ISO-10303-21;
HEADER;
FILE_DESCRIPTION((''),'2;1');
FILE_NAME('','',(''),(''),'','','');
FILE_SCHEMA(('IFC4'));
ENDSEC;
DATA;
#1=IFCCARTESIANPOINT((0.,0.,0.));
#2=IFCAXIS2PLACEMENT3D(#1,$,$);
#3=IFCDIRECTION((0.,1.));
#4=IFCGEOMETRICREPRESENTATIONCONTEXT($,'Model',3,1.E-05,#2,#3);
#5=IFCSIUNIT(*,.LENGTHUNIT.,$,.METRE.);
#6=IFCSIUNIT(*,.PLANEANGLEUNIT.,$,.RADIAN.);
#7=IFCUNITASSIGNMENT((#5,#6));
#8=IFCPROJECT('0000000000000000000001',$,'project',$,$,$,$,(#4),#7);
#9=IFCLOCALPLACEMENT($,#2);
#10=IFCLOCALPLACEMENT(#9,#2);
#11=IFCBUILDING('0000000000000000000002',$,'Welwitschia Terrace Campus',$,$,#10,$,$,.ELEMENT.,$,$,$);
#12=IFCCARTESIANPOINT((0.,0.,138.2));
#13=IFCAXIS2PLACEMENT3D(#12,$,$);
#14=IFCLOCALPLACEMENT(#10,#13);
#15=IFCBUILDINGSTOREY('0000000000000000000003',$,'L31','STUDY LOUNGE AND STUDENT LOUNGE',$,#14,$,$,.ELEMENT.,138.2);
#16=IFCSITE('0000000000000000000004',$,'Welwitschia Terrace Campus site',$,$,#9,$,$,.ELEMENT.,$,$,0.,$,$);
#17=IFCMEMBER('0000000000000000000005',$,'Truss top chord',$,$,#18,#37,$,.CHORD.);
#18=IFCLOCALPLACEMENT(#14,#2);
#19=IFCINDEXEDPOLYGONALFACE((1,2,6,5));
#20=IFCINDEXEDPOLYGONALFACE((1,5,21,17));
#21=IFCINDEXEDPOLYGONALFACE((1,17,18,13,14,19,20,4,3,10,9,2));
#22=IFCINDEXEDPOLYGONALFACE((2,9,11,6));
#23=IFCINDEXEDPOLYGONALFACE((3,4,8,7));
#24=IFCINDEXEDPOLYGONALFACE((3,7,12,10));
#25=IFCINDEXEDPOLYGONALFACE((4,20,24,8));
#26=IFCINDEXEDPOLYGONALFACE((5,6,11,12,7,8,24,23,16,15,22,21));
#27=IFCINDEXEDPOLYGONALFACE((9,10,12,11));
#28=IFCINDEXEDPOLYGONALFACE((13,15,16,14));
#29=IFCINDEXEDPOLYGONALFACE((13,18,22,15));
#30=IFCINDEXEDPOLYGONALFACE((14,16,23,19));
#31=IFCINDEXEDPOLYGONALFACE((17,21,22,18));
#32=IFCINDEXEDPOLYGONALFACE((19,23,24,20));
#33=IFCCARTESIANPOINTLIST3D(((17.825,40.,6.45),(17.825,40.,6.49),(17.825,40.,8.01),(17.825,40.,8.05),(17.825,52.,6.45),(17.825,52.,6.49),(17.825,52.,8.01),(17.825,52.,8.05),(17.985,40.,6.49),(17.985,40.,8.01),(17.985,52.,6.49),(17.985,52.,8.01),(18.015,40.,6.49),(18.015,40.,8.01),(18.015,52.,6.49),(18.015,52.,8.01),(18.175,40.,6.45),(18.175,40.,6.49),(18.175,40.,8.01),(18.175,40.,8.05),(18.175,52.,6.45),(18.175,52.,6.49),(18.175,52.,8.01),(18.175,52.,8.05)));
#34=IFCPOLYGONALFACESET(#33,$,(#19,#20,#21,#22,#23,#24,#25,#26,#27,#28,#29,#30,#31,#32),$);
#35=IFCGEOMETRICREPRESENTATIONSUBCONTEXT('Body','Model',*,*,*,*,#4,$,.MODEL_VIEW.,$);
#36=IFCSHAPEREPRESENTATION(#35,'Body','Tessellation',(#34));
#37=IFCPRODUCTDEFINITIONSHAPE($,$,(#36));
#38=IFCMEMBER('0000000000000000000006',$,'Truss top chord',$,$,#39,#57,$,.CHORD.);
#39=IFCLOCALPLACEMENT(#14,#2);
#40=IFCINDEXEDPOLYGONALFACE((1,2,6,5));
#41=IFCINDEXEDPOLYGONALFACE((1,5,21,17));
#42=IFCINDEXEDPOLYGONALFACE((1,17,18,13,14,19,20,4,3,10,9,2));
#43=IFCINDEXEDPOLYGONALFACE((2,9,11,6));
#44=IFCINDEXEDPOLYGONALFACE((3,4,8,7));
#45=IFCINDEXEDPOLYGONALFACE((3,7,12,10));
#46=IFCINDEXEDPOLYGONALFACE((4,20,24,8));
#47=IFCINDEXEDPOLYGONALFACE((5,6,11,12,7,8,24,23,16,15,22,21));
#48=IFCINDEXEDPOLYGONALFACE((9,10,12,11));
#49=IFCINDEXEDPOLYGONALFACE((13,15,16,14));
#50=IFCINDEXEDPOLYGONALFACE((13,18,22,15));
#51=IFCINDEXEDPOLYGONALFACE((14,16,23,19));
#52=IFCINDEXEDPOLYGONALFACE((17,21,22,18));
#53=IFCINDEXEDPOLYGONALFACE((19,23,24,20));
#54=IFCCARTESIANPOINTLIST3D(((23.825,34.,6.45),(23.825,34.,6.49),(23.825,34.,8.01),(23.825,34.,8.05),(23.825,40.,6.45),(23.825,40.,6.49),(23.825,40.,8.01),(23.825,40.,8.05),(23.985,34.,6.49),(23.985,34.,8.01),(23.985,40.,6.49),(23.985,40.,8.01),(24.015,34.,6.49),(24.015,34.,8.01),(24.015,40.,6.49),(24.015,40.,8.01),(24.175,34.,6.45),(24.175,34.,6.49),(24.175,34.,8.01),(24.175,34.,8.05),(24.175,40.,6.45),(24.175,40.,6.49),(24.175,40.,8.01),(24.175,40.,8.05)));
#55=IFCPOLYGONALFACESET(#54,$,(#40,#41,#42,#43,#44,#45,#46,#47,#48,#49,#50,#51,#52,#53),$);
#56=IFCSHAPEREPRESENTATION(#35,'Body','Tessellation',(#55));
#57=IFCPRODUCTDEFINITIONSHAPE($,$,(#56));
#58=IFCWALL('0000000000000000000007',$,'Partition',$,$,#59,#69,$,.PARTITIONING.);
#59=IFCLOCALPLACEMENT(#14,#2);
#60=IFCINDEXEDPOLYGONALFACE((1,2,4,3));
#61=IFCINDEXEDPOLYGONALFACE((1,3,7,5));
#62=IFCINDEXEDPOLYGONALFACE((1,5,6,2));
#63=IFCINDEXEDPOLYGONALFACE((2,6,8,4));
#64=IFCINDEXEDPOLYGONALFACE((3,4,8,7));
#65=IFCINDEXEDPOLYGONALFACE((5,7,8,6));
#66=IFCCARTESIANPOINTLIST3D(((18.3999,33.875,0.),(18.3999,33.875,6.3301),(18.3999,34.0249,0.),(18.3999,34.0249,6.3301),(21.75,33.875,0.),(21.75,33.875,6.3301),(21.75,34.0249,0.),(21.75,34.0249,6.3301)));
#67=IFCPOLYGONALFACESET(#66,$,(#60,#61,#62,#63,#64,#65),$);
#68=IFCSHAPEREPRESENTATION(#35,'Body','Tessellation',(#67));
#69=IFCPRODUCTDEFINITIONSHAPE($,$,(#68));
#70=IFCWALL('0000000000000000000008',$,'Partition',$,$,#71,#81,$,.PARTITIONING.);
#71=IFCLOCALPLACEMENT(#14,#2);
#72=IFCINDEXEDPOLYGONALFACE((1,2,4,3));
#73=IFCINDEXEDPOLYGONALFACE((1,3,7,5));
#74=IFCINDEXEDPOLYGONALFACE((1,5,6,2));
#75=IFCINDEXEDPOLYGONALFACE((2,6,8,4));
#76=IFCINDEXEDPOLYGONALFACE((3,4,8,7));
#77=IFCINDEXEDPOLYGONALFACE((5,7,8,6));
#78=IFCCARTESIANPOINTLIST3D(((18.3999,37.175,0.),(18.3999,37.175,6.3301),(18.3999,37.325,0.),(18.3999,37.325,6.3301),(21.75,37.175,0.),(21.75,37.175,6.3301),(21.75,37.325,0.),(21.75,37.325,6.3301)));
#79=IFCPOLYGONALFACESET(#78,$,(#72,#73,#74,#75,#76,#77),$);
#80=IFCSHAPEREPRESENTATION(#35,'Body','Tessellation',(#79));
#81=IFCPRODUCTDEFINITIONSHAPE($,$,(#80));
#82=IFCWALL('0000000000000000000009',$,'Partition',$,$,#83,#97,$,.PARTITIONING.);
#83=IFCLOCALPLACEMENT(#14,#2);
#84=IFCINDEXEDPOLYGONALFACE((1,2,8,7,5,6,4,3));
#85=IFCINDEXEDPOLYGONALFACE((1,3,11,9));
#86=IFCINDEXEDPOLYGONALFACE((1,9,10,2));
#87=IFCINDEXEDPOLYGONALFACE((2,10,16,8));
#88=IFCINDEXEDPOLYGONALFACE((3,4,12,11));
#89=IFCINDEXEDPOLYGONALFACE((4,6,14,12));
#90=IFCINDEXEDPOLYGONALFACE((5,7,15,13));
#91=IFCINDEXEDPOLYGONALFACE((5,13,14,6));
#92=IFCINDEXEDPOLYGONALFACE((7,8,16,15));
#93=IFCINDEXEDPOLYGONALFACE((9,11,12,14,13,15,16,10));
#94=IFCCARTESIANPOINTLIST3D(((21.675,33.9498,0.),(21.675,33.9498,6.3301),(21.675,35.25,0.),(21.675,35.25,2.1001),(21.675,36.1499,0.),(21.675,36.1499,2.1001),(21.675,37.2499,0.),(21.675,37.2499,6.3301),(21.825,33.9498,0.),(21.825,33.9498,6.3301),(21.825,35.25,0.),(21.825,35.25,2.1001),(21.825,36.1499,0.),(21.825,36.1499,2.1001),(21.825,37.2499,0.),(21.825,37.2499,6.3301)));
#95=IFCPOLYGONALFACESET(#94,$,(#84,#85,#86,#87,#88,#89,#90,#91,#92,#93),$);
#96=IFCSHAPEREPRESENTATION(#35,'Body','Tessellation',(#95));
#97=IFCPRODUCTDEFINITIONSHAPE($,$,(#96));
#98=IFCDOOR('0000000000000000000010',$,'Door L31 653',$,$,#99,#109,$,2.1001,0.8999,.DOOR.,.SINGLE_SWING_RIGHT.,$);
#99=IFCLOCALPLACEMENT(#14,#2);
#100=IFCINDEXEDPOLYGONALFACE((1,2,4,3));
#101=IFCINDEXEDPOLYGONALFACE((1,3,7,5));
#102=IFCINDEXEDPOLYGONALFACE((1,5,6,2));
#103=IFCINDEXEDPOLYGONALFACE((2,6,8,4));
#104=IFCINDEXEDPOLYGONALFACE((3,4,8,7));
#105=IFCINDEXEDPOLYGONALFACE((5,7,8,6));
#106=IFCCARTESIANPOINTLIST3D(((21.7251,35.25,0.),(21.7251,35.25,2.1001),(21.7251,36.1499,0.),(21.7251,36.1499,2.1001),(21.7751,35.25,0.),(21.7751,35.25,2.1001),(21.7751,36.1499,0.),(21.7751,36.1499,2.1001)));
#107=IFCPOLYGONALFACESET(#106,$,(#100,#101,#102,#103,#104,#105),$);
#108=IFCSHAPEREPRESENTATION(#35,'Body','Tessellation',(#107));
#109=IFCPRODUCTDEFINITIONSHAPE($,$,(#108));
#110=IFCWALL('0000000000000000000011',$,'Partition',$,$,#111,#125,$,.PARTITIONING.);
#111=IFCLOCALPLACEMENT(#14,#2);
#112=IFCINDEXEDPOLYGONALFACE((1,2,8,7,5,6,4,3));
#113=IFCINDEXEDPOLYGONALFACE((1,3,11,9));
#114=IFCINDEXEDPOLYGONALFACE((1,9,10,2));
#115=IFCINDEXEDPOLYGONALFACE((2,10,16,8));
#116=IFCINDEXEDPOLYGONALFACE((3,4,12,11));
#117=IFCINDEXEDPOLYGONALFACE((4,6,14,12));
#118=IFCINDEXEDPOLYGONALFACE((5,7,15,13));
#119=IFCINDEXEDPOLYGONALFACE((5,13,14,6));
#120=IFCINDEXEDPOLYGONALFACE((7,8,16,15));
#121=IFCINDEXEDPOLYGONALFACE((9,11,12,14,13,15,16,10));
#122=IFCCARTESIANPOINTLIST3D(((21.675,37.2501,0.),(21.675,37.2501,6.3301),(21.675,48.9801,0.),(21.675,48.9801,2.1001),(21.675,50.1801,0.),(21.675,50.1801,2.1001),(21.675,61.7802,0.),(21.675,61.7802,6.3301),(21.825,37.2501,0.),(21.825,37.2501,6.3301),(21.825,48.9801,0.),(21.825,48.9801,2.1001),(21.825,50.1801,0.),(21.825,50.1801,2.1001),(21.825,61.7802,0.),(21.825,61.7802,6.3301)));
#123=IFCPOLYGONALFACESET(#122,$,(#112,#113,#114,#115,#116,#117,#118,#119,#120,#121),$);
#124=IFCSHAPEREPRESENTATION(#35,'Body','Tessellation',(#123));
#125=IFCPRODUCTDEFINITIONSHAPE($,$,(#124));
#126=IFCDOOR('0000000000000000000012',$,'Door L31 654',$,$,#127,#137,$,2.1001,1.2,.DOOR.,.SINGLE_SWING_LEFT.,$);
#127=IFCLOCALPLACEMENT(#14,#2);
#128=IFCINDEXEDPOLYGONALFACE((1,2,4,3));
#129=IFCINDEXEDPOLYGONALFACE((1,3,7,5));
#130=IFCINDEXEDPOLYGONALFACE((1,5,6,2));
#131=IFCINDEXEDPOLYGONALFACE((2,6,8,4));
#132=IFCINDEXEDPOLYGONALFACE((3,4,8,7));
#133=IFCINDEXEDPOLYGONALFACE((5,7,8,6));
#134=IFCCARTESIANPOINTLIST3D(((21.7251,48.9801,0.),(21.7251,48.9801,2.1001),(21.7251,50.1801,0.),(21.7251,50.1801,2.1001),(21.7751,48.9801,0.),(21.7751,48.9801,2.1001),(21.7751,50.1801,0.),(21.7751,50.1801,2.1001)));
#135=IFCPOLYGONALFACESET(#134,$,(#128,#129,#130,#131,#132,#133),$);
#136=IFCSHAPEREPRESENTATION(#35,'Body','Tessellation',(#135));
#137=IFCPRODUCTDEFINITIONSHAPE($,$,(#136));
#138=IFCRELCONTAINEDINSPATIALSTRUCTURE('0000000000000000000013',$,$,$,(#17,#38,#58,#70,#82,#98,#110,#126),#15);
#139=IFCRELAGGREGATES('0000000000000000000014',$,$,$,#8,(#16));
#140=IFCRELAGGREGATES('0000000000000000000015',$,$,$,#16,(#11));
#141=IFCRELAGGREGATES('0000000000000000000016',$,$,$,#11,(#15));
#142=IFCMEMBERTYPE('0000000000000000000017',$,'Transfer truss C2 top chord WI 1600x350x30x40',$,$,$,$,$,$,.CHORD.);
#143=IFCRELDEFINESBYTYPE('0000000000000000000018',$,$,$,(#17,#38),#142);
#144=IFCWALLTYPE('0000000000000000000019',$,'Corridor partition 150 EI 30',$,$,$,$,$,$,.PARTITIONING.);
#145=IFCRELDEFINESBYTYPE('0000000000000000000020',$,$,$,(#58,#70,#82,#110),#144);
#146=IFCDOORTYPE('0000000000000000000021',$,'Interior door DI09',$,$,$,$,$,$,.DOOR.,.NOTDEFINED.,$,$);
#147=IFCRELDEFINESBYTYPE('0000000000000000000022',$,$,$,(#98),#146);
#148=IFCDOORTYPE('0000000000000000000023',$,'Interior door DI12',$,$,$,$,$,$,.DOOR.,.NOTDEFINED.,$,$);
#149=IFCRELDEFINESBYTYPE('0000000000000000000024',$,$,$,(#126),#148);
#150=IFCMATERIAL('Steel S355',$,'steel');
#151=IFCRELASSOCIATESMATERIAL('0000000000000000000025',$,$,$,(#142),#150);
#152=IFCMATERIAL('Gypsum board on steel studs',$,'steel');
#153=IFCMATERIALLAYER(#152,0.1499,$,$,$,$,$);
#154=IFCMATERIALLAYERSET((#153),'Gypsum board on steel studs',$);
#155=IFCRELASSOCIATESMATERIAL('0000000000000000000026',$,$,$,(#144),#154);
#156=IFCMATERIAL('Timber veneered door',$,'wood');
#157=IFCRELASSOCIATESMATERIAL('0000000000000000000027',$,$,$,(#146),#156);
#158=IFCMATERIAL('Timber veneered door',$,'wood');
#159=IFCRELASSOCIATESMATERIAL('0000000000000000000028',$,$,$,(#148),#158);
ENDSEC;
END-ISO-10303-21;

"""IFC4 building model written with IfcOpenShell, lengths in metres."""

from ifc_helpers import new_model, si_unit, direction, frame, frame_2d, origin, origin_2d, place, context, subcontext, project, spatial, rectangle, i_section, extrude, material, layer, layer_set, material_profile, profile_set, type_object, element, fill, save


model = new_model("IFC4")

# Units and contexts
model_context = context("Model", 3, precision=1e-05, world=origin(), true_north=direction((0.0, 1.0)))
body_context = subcontext(model_context, "Body", "Model", "MODEL_VIEW")
ifc_project = project(units=[si_unit("LENGTHUNIT", "METRE"), si_unit("PLANEANGLEUNIT", "RADIAN")], contexts=[model_context])

# Site, building, storey
site_placement = place(None, origin())
site = spatial("IfcSite", under=ifc_project, at=site_placement, Name="Welwitschia Terrace Campus site", CompositionType="ELEMENT", RefElevation=0.0)
building_placement = place(site_placement, origin())
building = spatial("IfcBuilding", under=site, at=building_placement, Name="Welwitschia Terrace Campus", CompositionType="ELEMENT")
storey_placement = place(building_placement, frame((0.0, 0.0, 138.2)))
storey = spatial("IfcBuildingStorey", under=building, at=storey_placement, Name="L31", Description="STUDY LOUNGE AND STUDENT LOUNGE", CompositionType="ELEMENT", Elevation=138.2)

# Members
ifc_material_1 = material(Name="Steel S355", Category="steel")
ifc_material_profile_1 = material_profile(ifc_material_1, i_section(OverallWidth=0.3501, OverallDepth=1.6001, WebThickness=0.03, FlangeThickness=0.04, at=origin_2d()))
ifc_profile_set_1 = profile_set([ifc_material_profile_1], Name="Steel S355")
member_type_1 = type_object("IfcMemberType", Name="Transfer truss C2 top chord WI 1600x350x30x40", PredefinedType="CHORD", material=ifc_profile_set_1)
member_1_placement = place(storey_placement, frame((18.0, 40.0, 7.25), z_axis=(0.0, 1.0, 0.0), x_axis=(-1.0, 0.0, 0.0)))
element("IfcMember", 1, at=member_1_placement, inside=storey, type_object=member_type_1, Name="Truss top chord", PredefinedType="CHORD", context=body_context, shape_type="SweptSolid", body=[
    extrude(i_section(OverallWidth=0.3501, OverallDepth=1.6001, WebThickness=0.03, FlangeThickness=0.04, at=origin_2d()), origin(), (0.0, 0.0, 1.0), 12.0),
])
member_2_placement = place(storey_placement, frame((24.0, 34.0, 7.25), z_axis=(0.0, 1.0, 0.0), x_axis=(-1.0, 0.0, 0.0)))
element("IfcMember", 2, at=member_2_placement, inside=storey, type_object=member_type_1, Name="Truss top chord", PredefinedType="CHORD", context=body_context, shape_type="SweptSolid", body=[
    extrude(i_section(OverallWidth=0.3501, OverallDepth=1.6001, WebThickness=0.03, FlangeThickness=0.04, at=origin_2d()), origin(), (0.0, 0.0, 1.0), 6.0),
])

# Walls
ifc_material_2 = material(Name="Gypsum board on steel studs", Category="steel")
ifc_layer = layer(ifc_material_2, 0.1499)
ifc_layer_set = layer_set([ifc_layer], Name="Gypsum board on steel studs")
wall_type = type_object("IfcWallType", Name="Corridor partition 150 EI 30", PredefinedType="PARTITIONING", material=ifc_layer_set)
for number, where, z_axis, x_axis, name in (
    (3, (18.3999, 33.95, 0.0), (0.0, 0.0, 1.0), (1.0, 0.0, 0.0), "Partition"),
    (4, (18.3999, 37.25, 0.0), (0.0, 0.0, 1.0), (1.0, 0.0, 0.0), "Partition"),
):
    element("IfcWall", number, at=place(storey_placement, frame(where, z_axis=z_axis, x_axis=x_axis)), inside=storey, type_object=wall_type, Name=name, PredefinedType="PARTITIONING", context=body_context, shape_type="SweptSolid", body=[
        extrude(rectangle(XDim=3.3501, YDim=0.1499, at=frame_2d((1.675, 0.0))), origin(), (0.0, 0.0, 1.0), 6.3301),
    ])

# Walls, openings, doors
wall_1_placement = place(storey_placement, frame((21.75, 33.95, 0.0), z_axis=(0.0, 0.0, 1.0), x_axis=(0.0, 1.0, 0.0)))
wall_1 = element("IfcWall", 5, at=wall_1_placement, inside=storey, type_object=wall_type, Name="Partition", PredefinedType="PARTITIONING", context=body_context, shape_type="SweptSolid", body=[
    extrude(rectangle(XDim=3.3, YDim=0.1499, at=frame_2d((1.6499, 0.0))), origin(), (0.0, 0.0, 1.0), 6.3301),
])
opening_1_placement = place(wall_1_placement, frame((1.3, 0.0, 0.0)))
opening_1 = element("IfcOpeningElement", 6, at=opening_1_placement, cuts=wall_1, PredefinedType="OPENING", context=body_context, shape_type="SweptSolid", body=[
    extrude(rectangle(XDim=0.8999, YDim=2.1001, at=frame_2d((0.45, 1.05))), frame((0.0, 0.085, 0.0), z_axis=(0.0, -1.0, 0.0), x_axis=(1.0, 0.0, 0.0)), (0.0, 0.0, 1.0), 0.1699),
])
ifc_material_3 = material(Name="Timber veneered door", Category="wood")
door_type_1 = type_object("IfcDoorType", Name="Interior door DI09", OperationType="NOTDEFINED", PredefinedType="DOOR", material=ifc_material_3)
door_1_placement = place(opening_1_placement, origin())
door_1 = element("IfcDoor", 7, at=door_1_placement, inside=storey, type_object=door_type_1, Name="Door L31 653", OperationType="SINGLE_SWING_RIGHT", OverallHeight=2.1001, OverallWidth=0.8999, PredefinedType="DOOR", context=body_context, shape_type="SweptSolid", body=[
    extrude(rectangle(XDim=0.8999, YDim=2.1001, at=frame_2d((0.45, 1.05))), frame((0.0, 0.0249, 0.0), z_axis=(0.0, -1.0, 0.0), x_axis=(1.0, 0.0, 0.0)), (0.0, 0.0, 1.0), 0.05),
])
fill(opening_1, door_1)
wall_2_placement = place(storey_placement, frame((21.75, 37.25, 0.0), z_axis=(0.0, 0.0, 1.0), x_axis=(0.0, 1.0, 0.0)))
wall_2 = element("IfcWall", 8, at=wall_2_placement, inside=storey, type_object=wall_type, Name="Partition", PredefinedType="PARTITIONING", context=body_context, shape_type="SweptSolid", body=[
    extrude(rectangle(XDim=24.53, YDim=0.1499, at=frame_2d((12.2651, 0.0))), origin(), (0.0, 0.0, 1.0), 6.3301),
])
opening_2_placement = place(wall_2_placement, frame((11.73, 0.0, 0.0)))
opening_2 = element("IfcOpeningElement", 9, at=opening_2_placement, cuts=wall_2, PredefinedType="OPENING", context=body_context, shape_type="SweptSolid", body=[
    extrude(rectangle(XDim=1.2, YDim=2.1001, at=frame_2d((0.6001, 1.05))), frame((0.0, 0.085, 0.0), z_axis=(0.0, -1.0, 0.0), x_axis=(1.0, 0.0, 0.0)), (0.0, 0.0, 1.0), 0.1699),
])
ifc_material_4 = material(Name="Timber veneered door", Category="wood")
door_type_2 = type_object("IfcDoorType", Name="Interior door DI12", OperationType="NOTDEFINED", PredefinedType="DOOR", material=ifc_material_4)
door_2_placement = place(opening_2_placement, origin())
door_2 = element("IfcDoor", 10, at=door_2_placement, inside=storey, type_object=door_type_2, Name="Door L31 654", OperationType="SINGLE_SWING_LEFT", OverallHeight=2.1001, OverallWidth=1.2, PredefinedType="DOOR", context=body_context, shape_type="SweptSolid", body=[
    extrude(rectangle(XDim=1.2, YDim=2.1001, at=frame_2d((0.6001, 1.05))), frame((0.0, 0.0249, 0.0), z_axis=(0.0, -1.0, 0.0), x_axis=(1.0, 0.0, 0.0)), (0.0, 0.0, 1.0), 0.05),
])
fill(opening_2, door_2)

save(model, "model.ifc")
